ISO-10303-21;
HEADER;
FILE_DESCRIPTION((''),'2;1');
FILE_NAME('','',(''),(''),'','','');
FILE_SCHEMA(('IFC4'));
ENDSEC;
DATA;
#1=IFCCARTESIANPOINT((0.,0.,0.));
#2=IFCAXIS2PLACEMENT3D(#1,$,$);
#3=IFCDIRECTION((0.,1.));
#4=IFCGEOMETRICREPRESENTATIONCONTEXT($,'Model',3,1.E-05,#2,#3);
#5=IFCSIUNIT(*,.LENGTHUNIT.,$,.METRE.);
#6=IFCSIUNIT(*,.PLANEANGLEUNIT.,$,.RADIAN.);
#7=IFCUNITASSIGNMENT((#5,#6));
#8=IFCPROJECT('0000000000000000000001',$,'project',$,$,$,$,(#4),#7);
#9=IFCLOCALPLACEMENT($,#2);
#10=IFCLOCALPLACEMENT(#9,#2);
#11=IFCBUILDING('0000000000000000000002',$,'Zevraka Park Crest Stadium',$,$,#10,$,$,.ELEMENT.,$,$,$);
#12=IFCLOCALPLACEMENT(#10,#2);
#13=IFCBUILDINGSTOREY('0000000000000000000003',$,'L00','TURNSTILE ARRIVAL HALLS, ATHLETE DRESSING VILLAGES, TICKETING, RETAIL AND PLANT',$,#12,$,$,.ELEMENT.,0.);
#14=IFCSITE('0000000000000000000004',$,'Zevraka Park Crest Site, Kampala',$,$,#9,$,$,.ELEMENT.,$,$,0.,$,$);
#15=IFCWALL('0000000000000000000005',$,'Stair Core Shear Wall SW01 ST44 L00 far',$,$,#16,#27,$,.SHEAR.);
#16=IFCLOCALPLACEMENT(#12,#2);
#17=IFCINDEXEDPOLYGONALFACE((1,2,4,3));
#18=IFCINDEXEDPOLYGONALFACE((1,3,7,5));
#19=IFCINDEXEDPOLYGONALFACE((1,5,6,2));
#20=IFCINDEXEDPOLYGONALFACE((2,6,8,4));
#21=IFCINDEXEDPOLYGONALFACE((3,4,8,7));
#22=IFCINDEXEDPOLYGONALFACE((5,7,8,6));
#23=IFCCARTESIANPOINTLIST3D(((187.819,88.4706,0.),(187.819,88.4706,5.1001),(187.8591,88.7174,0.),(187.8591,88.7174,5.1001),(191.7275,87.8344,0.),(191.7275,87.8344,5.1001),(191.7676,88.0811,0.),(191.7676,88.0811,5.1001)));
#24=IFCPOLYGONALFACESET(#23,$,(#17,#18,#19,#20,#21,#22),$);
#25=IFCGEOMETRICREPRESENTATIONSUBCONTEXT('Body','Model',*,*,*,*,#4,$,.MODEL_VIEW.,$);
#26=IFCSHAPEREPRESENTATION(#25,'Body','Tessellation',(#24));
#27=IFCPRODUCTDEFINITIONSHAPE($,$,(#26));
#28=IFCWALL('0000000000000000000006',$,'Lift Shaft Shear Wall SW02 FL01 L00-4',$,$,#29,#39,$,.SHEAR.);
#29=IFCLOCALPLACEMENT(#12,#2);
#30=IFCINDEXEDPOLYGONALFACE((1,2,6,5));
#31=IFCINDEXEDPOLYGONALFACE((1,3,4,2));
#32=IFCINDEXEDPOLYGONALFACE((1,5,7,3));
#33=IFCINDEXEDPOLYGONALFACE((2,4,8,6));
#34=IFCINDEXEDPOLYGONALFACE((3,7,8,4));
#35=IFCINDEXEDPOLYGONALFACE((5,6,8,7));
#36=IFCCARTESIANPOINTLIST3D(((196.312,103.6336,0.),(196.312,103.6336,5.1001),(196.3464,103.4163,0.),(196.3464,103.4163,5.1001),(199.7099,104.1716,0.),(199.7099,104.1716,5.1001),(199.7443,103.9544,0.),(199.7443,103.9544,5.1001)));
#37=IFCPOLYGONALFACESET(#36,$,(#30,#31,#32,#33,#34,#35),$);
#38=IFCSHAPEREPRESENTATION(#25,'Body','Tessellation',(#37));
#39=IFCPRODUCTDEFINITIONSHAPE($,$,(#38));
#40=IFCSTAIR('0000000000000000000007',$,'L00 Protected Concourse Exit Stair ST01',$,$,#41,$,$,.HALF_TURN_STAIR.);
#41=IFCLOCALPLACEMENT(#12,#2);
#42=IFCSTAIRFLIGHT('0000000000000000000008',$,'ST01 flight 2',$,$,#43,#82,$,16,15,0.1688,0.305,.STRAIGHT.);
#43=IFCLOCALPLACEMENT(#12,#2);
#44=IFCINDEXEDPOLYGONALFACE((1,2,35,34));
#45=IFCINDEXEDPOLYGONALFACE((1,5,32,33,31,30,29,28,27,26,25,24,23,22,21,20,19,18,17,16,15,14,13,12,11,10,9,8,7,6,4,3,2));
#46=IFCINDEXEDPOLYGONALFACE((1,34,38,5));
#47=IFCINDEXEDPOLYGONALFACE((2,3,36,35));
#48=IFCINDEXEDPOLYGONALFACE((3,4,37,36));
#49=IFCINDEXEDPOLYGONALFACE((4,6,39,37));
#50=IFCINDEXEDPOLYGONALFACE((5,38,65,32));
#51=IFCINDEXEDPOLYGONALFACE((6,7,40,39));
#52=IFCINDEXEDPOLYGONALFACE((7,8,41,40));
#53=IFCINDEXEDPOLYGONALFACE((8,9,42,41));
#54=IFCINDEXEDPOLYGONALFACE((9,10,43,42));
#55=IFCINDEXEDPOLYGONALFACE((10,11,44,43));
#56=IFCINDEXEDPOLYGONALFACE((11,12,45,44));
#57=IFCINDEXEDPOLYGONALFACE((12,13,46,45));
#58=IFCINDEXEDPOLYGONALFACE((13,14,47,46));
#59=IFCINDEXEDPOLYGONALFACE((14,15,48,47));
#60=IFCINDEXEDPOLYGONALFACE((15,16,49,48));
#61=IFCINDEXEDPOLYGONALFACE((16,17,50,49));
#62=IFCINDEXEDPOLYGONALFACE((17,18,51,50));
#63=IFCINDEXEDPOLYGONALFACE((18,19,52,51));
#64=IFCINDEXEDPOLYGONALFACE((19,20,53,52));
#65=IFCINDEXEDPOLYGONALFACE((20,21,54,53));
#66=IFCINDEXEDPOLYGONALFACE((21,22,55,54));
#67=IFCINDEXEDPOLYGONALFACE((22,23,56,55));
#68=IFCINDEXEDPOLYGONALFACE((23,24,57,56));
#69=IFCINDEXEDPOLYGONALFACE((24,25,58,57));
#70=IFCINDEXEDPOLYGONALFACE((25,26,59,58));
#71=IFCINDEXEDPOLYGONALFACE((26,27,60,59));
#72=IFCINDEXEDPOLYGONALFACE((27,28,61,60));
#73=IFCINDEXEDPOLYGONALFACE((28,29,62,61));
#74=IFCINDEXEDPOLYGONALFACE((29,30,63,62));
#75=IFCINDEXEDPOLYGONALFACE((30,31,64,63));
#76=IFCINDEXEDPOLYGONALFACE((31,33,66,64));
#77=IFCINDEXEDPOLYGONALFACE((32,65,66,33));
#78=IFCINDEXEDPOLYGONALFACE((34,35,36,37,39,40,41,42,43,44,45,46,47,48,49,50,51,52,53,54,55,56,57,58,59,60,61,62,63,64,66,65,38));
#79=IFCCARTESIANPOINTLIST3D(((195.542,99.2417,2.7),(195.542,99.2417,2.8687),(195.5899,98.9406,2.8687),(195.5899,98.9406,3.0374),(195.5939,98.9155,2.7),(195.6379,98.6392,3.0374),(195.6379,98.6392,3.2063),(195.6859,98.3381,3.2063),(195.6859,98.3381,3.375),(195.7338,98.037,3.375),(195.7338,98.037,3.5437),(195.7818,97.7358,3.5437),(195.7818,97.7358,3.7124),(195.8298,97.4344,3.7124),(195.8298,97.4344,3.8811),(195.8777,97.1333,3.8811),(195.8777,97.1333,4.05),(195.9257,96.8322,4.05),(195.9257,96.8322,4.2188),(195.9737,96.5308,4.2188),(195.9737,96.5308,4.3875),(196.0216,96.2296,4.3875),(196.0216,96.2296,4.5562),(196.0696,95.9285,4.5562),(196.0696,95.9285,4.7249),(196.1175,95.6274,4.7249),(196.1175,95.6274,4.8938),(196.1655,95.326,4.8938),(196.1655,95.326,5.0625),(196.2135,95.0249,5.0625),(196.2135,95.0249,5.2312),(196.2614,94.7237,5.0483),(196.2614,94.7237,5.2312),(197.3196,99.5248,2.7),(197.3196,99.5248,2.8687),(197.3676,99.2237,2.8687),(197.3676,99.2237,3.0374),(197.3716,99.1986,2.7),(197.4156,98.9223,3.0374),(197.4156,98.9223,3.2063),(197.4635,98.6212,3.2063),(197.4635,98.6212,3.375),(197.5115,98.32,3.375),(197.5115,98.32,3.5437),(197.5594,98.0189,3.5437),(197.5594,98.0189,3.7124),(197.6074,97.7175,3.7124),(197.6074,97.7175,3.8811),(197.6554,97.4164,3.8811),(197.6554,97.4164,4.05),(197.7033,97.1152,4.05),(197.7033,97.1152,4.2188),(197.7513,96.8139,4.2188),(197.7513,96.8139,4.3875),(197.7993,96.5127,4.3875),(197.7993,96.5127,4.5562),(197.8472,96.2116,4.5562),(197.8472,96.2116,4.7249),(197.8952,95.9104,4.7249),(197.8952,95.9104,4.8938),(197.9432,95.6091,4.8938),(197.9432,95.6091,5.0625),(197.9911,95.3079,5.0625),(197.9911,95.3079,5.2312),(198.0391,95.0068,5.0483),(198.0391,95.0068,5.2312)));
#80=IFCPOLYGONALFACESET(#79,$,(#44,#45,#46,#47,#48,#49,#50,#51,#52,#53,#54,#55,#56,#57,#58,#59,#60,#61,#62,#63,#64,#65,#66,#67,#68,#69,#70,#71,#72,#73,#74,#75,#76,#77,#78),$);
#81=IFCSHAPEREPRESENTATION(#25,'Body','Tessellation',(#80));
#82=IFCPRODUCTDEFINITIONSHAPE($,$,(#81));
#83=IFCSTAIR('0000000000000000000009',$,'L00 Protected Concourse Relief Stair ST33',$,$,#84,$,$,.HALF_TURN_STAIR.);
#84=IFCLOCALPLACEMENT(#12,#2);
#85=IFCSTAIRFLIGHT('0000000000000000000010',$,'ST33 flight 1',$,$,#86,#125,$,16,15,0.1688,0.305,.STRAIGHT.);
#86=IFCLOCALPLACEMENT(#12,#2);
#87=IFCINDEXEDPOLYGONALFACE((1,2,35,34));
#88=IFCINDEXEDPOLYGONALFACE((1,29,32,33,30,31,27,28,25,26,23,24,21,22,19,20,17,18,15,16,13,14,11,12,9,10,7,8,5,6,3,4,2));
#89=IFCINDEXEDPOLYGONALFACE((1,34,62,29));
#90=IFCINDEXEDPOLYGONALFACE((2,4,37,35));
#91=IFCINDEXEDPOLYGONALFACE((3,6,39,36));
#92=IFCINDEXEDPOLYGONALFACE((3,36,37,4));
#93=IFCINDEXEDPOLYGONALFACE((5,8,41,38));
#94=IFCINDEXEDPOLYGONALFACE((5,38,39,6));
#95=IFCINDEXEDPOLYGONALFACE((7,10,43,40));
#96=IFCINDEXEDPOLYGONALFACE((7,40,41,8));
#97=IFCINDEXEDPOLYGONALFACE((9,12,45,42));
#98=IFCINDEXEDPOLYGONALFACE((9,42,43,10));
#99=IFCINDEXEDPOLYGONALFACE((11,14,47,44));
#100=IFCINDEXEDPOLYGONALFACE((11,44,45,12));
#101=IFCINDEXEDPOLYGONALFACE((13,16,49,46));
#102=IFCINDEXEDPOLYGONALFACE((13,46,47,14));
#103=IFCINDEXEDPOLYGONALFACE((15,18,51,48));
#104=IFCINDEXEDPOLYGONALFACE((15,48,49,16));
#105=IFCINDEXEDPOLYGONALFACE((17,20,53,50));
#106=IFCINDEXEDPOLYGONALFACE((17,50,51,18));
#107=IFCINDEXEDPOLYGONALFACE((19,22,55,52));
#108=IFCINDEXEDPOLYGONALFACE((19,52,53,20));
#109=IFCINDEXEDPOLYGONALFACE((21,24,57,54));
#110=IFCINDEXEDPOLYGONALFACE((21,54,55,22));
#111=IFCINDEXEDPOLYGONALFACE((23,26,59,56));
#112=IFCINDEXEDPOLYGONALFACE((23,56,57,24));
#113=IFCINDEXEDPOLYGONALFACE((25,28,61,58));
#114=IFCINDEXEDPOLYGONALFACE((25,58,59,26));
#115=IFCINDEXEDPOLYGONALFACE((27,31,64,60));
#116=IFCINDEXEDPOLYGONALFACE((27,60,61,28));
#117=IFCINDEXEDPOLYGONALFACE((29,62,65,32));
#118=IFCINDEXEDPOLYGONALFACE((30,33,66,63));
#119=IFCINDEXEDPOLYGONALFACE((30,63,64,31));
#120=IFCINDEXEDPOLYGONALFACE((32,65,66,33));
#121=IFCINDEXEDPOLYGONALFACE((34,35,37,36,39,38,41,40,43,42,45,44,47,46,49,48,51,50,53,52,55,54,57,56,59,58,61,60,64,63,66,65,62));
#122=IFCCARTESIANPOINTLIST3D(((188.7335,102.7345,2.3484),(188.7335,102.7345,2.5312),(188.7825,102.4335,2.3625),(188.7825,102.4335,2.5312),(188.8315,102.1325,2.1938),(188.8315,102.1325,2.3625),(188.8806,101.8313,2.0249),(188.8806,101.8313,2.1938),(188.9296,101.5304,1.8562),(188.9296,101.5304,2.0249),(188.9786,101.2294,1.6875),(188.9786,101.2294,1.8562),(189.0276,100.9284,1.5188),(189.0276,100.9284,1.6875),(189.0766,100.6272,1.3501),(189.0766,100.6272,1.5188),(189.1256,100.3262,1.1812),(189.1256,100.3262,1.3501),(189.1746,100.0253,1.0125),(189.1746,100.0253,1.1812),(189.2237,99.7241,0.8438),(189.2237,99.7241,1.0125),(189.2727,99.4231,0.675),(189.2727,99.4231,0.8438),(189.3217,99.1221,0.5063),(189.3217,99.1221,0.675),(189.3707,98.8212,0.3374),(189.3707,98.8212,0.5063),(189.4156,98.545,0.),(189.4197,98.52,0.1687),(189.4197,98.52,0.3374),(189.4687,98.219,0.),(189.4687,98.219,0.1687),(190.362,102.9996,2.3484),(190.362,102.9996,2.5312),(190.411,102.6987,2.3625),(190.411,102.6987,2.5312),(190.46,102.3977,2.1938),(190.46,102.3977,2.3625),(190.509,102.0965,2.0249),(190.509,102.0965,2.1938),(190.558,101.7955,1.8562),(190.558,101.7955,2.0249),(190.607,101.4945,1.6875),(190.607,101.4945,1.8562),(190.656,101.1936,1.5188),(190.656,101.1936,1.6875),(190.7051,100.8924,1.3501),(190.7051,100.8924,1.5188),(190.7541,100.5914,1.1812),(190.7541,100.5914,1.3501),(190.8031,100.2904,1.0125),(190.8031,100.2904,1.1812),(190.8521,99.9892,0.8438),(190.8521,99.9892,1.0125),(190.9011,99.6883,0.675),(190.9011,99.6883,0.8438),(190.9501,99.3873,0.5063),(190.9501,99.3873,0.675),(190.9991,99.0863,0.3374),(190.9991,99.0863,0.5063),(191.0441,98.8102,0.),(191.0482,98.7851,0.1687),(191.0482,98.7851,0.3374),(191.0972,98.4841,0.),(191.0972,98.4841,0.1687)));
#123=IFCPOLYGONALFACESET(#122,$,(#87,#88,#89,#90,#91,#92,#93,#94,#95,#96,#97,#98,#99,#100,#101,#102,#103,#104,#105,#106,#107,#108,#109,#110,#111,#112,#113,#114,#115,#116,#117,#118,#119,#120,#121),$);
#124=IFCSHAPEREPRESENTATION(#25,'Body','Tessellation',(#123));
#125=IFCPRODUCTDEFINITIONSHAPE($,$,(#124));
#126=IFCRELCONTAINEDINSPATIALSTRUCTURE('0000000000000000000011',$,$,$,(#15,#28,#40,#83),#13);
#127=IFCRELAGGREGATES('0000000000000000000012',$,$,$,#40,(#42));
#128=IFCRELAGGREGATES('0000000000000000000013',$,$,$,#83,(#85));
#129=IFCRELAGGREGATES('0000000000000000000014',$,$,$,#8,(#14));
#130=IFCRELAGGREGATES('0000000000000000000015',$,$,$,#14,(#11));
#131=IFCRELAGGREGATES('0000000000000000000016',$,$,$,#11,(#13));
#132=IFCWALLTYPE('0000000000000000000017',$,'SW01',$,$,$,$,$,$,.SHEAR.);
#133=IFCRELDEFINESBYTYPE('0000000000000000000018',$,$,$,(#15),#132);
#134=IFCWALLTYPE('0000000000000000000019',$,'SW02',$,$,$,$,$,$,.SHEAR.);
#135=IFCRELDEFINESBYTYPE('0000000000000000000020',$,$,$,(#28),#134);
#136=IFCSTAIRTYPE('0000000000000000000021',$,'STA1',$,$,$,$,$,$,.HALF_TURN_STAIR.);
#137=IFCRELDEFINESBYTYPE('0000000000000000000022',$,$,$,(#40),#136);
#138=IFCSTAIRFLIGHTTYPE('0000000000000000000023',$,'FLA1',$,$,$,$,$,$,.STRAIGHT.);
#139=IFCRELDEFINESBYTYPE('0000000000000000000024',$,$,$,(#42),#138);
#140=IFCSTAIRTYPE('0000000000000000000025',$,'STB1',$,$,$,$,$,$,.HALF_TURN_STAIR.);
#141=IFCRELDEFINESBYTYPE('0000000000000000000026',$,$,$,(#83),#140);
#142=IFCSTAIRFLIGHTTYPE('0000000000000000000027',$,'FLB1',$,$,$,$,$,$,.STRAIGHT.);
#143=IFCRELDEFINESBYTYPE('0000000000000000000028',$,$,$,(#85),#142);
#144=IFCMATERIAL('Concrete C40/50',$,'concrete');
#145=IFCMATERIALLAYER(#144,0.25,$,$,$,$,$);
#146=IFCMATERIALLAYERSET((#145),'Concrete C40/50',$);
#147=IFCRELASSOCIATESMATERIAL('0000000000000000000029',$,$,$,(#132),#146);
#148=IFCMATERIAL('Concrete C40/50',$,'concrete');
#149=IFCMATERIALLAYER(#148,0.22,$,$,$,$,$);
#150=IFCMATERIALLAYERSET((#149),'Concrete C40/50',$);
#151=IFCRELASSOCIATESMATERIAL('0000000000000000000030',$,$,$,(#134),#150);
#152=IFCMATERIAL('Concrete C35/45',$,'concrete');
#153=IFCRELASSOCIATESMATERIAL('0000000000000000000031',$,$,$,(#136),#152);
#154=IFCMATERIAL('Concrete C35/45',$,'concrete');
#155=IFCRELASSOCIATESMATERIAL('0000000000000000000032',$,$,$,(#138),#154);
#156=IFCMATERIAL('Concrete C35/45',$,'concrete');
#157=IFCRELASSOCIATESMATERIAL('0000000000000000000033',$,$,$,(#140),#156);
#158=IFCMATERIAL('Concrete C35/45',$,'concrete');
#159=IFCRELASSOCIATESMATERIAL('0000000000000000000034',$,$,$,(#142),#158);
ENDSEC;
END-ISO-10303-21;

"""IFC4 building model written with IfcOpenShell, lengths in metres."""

from ifc_helpers import new_model, si_unit, direction, frame, frame_2d, origin, place, context, subcontext, project, spatial, polyline, rectangle, outline, extrude, material, layer, layer_set, type_object, element, aggregate, save


model = new_model("IFC4")

# Units and contexts
model_context = context("Model", 3, precision=1e-05, world=origin(), true_north=direction((0.0, 1.0)))
body_context = subcontext(model_context, "Body", "Model", "MODEL_VIEW")
ifc_project = project(units=[si_unit("LENGTHUNIT", "METRE"), si_unit("PLANEANGLEUNIT", "RADIAN")], contexts=[model_context])

# Site, building, storey
site_placement = place(None, origin())
site = spatial("IfcSite", under=ifc_project, at=site_placement, Name="Zevraka Park Crest Site, Kampala", CompositionType="ELEMENT", RefElevation=0.0)
building_placement = place(site_placement, origin())
building = spatial("IfcBuilding", under=site, at=building_placement, Name="Zevraka Park Crest Stadium", CompositionType="ELEMENT")
storey_placement = place(building_placement, origin())
storey = spatial("IfcBuildingStorey", under=building, at=storey_placement, Name="L00", Description="TURNSTILE ARRIVAL HALLS, ATHLETE DRESSING VILLAGES, TICKETING, RETAIL AND PLANT", CompositionType="ELEMENT", Elevation=0.0)

# Shared definitions
ifc_material_1 = material(Name="Concrete C40/50", Category="concrete")
ifc_layer_1 = layer(ifc_material_1, 0.25)
ifc_layer_set_1 = layer_set([ifc_layer_1], Name="Concrete C40/50")
wall_type_1 = type_object("IfcWallType", Name="SW01", PredefinedType="SHEAR", material=ifc_layer_set_1)

# Walls
wall_1_placement = place(storey_placement, frame((191.7476, 87.9578, 0.0), z_axis=(0.0, 0.0, 1.0), x_axis=(-0.987008, 0.160669, 0.0)))
element("IfcWall", 1, at=wall_1_placement, inside=storey, type_object=wall_type_1, Name="Stair Core Shear Wall SW01 ST44 L00 far", PredefinedType="SHEAR", context=body_context, shape_type="SweptSolid", body=[
    extrude(rectangle(XDim=3.96, YDim=0.25, at=frame_2d((1.98, 0.0))), origin(), (0.0, 0.0, 1.0), 5.1001),
])
ifc_material_2 = material(Name="Concrete C40/50", Category="concrete")
ifc_layer_2 = layer(ifc_material_2, 0.22)
ifc_layer_set_2 = layer_set([ifc_layer_2], Name="Concrete C40/50")
wall_type_2 = type_object("IfcWallType", Name="SW02", PredefinedType="SHEAR", material=ifc_layer_set_2)
wall_2_placement = place(storey_placement, frame((196.3291, 103.5249, 0.0), z_axis=(0.0, 0.0, 1.0), x_axis=(0.987693, 0.156407, 0.0)))
element("IfcWall", 2, at=wall_2_placement, inside=storey, type_object=wall_type_2, Name="Lift Shaft Shear Wall SW02 FL01 L00-4", PredefinedType="SHEAR", context=body_context, shape_type="SweptSolid", body=[
    extrude(rectangle(XDim=3.4402, YDim=0.22, at=frame_2d((1.7202, 0.0))), origin(), (0.0, 0.0, 1.0), 5.1001),
])

# Stairs, stair flights
ifc_material_3 = material(Name="Concrete C35/45", Category="concrete")
stair_type_1 = type_object("IfcStairType", Name="STA1", PredefinedType="HALF_TURN_STAIR", material=ifc_material_3)
stair_1_placement = place(storey_placement, origin())
stair_1 = element("IfcStair", 3, at=stair_1_placement, inside=storey, type_object=stair_type_1, Name="L00 Protected Concourse Exit Stair ST01", PredefinedType="HALF_TURN_STAIR")
ifc_material_4 = material(Name="Concrete C35/45", Category="concrete")
stair_flight_type_1 = type_object("IfcStairFlightType", Name="FLA1", PredefinedType="STRAIGHT", material=ifc_material_4)
stair_flight_1_placement = place(storey_placement, frame((196.4309, 99.3833, 2.7), z_axis=(0.0, 0.0, 1.0), x_axis=(0.157262, -0.987557, 0.0)))
stair_flight_1 = element("IfcStairFlight", 4, at=stair_flight_1_placement, type_object=stair_flight_type_1, Name="ST01 flight 2", NumberOfRisers=16, NumberOfTreads=15, PredefinedType="STRAIGHT", RiserHeight=0.1688, TreadLength=0.305, context=body_context, shape_type="SweptSolid", body=[
    extrude(outline(polyline([(0.0, 0.0), (0.0, 0.1687), (0.3049, 0.1687), (0.3049, 0.3374), (0.6101, 0.3374), (0.6101, 0.5063), (0.915, 0.5063), (0.915, 0.675), (1.22, 0.675), (1.22, 0.8438), (1.5249, 0.8438), (1.5249, 1.0125), (1.8301, 1.0125), (1.8301, 1.1812), (2.135, 1.1812), (2.135, 1.3501), (2.4399, 1.3501), (2.4399, 1.5188), (2.7451, 1.5188), (2.7451, 1.6875), (3.05, 1.6875), (3.05, 1.8562), (3.355, 1.8562), (3.355, 2.0249), (3.6599, 2.0249), (3.6599, 2.1938), (3.9651, 2.1938), (3.9651, 2.3625), (4.27, 2.3625), (4.27, 2.5312), (4.575, 2.5312), (4.575, 2.7), (4.575, 2.3484), (0.3303, 0.0), (0.0, 0.0)])), frame((0.0, 0.8999, 0.0), z_axis=(0.0, -1.0, 0.0), x_axis=(1.0, 0.0, 0.0)), (0.0, 0.0, 1.0), 1.8),
])
aggregate(stair_1, [stair_flight_1])
ifc_material_5 = material(Name="Concrete C35/45", Category="concrete")
stair_type_2 = type_object("IfcStairType", Name="STB1", PredefinedType="HALF_TURN_STAIR", material=ifc_material_5)
stair_2_placement = place(storey_placement, origin())
stair_2 = element("IfcStair", 5, at=stair_2_placement, inside=storey, type_object=stair_type_2, Name="L00 Protected Concourse Relief Stair ST33", PredefinedType="HALF_TURN_STAIR")
ifc_material_6 = material(Name="Concrete C35/45", Category="concrete")
stair_flight_type_2 = type_object("IfcStairFlightType", Name="FLB1", PredefinedType="STRAIGHT", material=ifc_material_6)
stair_flight_2_placement = place(storey_placement, frame((190.283, 98.3516, 0.0), z_axis=(0.0, 0.0, 1.0), x_axis=(-0.160706, 0.987002, 0.0)))
stair_flight_2 = element("IfcStairFlight", 6, at=stair_flight_2_placement, type_object=stair_flight_type_2, Name="ST33 flight 1", NumberOfRisers=16, NumberOfTreads=15, PredefinedType="STRAIGHT", RiserHeight=0.1688, TreadLength=0.305, context=body_context, shape_type="SweptSolid", body=[
    extrude(outline(polyline([(0.0, 0.0), (0.0, 0.1687), (0.3049, 0.1687), (0.3049, 0.3374), (0.6101, 0.3374), (0.6101, 0.5063), (0.915, 0.5063), (0.915, 0.675), (1.22, 0.675), (1.22, 0.8438), (1.5249, 0.8438), (1.5249, 1.0125), (1.8301, 1.0125), (1.8301, 1.1812), (2.135, 1.1812), (2.135, 1.3501), (2.4399, 1.3501), (2.4399, 1.5188), (2.7451, 1.5188), (2.7451, 1.6875), (3.05, 1.6875), (3.05, 1.8562), (3.355, 1.8562), (3.355, 2.0249), (3.6599, 2.0249), (3.6599, 2.1938), (3.9651, 2.1938), (3.9651, 2.3625), (4.27, 2.3625), (4.27, 2.5312), (4.575, 2.5312), (4.575, 2.7), (4.575, 2.3484), (0.3303, 0.0), (0.0, 0.0)])), frame((0.0, 0.825, 0.0), z_axis=(0.0, -1.0, 0.0), x_axis=(1.0, 0.0, 0.0)), (0.0, 0.0, 1.0), 1.6499),
])
aggregate(stair_2, [stair_flight_2])

save(model, "model.ifc")
